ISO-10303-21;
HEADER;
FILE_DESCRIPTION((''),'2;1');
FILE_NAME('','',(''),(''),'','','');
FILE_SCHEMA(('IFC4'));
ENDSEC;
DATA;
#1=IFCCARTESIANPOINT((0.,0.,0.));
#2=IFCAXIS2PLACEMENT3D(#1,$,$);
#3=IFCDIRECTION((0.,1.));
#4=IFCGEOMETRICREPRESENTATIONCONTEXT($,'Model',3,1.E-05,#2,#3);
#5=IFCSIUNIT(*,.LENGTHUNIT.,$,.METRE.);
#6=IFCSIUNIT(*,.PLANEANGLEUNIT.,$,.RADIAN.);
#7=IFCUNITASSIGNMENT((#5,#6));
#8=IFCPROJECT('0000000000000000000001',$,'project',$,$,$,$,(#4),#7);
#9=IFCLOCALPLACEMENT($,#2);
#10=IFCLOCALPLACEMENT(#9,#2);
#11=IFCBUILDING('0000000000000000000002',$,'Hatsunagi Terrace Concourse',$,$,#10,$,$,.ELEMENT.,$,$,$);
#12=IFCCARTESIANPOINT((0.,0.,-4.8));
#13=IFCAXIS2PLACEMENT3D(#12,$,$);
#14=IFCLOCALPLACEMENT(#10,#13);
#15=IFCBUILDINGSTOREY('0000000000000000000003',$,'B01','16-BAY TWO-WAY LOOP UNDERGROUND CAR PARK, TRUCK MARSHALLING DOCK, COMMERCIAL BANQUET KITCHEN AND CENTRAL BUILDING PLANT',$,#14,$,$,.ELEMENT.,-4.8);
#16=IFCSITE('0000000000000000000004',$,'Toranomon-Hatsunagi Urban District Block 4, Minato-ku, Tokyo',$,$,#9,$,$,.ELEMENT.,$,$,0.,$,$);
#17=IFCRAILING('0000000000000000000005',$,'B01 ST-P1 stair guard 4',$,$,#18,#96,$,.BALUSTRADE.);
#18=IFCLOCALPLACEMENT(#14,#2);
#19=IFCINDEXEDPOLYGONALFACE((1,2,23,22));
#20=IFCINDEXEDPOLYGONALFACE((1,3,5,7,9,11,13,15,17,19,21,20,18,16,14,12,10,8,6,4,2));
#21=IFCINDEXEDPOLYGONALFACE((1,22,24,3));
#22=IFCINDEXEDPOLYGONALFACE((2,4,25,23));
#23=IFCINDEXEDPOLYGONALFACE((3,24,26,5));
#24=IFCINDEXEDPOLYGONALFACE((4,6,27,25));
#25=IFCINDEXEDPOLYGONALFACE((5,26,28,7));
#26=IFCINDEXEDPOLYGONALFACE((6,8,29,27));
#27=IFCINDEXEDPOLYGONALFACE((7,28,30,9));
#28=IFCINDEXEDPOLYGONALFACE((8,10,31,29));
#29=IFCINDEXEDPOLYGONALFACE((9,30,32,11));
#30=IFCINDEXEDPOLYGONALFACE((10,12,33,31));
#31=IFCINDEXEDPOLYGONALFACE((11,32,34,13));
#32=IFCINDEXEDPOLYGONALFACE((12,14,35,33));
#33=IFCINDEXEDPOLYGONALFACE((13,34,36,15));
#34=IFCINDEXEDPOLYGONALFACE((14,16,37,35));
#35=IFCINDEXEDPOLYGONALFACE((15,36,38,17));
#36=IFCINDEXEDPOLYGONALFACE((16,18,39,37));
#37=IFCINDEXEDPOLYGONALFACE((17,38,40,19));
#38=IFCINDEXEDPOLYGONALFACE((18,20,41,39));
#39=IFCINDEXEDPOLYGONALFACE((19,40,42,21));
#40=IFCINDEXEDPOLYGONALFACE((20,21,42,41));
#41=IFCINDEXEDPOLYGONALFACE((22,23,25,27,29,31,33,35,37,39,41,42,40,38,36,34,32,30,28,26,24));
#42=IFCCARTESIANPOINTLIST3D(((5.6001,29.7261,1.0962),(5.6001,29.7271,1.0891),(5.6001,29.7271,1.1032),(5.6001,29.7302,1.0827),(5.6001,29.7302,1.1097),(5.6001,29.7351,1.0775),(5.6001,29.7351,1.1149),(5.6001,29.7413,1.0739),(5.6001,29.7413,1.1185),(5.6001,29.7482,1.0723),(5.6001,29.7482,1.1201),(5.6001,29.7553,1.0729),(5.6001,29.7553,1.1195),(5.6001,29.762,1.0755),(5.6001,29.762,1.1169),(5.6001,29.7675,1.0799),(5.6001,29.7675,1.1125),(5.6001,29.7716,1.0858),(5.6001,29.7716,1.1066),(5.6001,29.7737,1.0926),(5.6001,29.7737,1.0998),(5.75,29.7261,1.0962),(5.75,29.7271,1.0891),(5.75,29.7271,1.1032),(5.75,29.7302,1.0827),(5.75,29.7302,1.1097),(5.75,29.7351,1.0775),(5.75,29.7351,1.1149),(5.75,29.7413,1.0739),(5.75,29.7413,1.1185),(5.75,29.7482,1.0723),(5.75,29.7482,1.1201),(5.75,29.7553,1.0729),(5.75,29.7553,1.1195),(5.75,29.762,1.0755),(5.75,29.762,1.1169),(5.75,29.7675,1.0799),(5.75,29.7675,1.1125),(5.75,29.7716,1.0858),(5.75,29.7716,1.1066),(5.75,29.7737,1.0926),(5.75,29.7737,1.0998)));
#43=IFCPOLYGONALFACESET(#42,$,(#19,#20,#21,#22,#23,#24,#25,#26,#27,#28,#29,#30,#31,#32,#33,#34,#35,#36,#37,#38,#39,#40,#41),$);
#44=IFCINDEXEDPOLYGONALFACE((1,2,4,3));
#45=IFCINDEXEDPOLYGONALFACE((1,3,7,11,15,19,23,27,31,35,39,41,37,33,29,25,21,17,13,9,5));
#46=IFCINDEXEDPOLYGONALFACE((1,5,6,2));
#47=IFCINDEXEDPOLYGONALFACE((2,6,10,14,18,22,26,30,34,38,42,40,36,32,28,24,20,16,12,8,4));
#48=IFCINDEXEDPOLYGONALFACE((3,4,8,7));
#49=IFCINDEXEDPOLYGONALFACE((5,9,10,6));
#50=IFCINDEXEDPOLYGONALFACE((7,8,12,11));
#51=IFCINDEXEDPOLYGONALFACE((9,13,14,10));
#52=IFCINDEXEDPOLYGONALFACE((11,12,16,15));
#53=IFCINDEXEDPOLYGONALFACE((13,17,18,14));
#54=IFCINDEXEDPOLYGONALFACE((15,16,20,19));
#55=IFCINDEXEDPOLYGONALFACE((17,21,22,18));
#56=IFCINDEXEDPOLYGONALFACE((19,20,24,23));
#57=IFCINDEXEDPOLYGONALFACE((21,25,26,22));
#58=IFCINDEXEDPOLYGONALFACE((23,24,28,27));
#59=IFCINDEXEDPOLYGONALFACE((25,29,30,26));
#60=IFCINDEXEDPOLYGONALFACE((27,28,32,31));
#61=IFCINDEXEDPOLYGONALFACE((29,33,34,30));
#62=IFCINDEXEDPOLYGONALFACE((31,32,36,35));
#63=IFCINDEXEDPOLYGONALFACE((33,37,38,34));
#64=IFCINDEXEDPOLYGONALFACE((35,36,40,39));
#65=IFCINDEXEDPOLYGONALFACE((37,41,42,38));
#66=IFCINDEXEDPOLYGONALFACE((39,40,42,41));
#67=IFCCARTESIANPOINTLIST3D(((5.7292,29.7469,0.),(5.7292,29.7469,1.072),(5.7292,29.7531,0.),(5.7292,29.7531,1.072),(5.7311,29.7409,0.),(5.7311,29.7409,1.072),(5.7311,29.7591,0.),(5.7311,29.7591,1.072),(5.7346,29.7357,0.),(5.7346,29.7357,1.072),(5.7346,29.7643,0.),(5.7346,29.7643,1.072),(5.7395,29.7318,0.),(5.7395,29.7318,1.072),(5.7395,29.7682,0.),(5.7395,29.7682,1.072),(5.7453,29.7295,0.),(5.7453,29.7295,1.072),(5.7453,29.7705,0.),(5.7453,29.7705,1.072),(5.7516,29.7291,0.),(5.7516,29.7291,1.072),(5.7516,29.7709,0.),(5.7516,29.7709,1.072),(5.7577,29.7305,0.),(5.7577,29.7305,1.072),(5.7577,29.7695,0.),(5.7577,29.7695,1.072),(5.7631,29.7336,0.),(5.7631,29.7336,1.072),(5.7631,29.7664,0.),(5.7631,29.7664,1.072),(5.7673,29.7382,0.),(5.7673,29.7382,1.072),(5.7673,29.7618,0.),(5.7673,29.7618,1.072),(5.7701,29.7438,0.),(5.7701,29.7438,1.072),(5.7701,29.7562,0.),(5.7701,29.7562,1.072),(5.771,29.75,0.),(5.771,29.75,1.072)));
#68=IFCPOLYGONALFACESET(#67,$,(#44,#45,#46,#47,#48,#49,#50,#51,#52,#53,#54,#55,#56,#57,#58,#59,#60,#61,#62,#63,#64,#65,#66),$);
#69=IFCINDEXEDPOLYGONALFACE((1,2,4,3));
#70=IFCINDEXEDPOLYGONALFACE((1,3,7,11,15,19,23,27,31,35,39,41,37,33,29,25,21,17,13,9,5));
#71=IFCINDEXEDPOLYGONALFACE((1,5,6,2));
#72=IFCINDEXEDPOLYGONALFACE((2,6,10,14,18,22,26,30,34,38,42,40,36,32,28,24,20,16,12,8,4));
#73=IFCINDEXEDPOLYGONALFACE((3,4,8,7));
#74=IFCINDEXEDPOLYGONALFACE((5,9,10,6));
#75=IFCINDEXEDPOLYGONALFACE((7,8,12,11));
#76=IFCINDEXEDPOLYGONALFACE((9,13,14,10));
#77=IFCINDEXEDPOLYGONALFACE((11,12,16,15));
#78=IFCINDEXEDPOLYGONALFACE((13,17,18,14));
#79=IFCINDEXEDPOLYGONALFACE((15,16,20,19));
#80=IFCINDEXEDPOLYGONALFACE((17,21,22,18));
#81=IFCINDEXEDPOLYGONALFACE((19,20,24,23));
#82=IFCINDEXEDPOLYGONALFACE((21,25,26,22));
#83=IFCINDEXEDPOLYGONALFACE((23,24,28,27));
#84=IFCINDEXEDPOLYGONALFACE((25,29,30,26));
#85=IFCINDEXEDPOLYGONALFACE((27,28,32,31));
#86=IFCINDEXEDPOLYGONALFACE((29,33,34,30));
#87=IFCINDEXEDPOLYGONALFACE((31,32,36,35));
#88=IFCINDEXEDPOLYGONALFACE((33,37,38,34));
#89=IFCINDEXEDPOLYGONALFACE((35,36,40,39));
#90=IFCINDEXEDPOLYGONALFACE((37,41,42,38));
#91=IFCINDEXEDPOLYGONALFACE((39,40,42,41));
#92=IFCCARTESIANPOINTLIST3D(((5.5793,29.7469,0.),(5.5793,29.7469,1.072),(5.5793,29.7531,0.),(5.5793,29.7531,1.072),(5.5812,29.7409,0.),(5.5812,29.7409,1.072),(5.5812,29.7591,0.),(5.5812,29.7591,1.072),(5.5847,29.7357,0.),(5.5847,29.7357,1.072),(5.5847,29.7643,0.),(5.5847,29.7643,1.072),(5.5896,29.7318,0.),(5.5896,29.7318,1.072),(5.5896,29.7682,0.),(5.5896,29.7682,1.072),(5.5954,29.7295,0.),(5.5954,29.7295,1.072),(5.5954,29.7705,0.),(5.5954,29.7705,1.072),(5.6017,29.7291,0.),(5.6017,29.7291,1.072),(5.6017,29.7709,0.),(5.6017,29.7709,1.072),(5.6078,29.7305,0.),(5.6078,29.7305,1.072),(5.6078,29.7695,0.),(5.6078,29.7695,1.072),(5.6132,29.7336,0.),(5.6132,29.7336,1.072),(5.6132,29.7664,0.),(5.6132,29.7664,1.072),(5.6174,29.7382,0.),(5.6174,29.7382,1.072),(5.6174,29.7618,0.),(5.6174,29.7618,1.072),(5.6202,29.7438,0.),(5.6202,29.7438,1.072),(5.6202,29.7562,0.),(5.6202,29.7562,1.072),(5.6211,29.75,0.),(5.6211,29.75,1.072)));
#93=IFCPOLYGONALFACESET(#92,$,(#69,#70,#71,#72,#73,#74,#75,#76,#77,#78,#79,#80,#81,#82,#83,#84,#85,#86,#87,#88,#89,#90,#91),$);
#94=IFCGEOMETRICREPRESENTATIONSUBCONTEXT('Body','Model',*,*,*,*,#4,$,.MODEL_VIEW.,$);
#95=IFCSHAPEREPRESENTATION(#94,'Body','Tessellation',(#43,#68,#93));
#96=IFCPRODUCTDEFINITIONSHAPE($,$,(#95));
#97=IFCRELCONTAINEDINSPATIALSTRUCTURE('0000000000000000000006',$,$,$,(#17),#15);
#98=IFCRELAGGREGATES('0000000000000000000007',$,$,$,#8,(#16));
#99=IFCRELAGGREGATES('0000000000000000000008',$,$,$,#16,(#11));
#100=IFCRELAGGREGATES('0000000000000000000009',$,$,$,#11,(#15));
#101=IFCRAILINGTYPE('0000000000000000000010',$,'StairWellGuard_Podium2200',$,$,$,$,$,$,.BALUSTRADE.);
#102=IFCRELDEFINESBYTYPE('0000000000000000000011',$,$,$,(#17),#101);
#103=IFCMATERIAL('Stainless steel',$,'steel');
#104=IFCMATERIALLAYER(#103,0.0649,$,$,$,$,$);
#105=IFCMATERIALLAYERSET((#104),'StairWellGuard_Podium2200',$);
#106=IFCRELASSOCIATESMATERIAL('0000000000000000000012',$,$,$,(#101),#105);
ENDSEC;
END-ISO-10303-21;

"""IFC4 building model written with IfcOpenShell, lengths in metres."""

from ifc_helpers import new_model, si_unit, direction, frame, origin, origin_2d, place, context, subcontext, project, spatial, circle, extrude, material, layer, layer_set, type_object, element, save


model = new_model("IFC4")

# Units and contexts
model_context = context("Model", 3, precision=1e-05, world=origin(), true_north=direction((0.0, 1.0)))
body_context = subcontext(model_context, "Body", "Model", "MODEL_VIEW")
ifc_project = project(units=[si_unit("LENGTHUNIT", "METRE"), si_unit("PLANEANGLEUNIT", "RADIAN")], contexts=[model_context])

# Site, building, storey
site_placement = place(None, origin())
site = spatial("IfcSite", under=ifc_project, at=site_placement, Name="Toranomon-Hatsunagi Urban District Block 4, Minato-ku, Tokyo", CompositionType="ELEMENT", RefElevation=0.0)
building_placement = place(site_placement, origin())
building = spatial("IfcBuilding", under=site, at=building_placement, Name="Hatsunagi Terrace Concourse", CompositionType="ELEMENT")
storey_placement = place(building_placement, frame((0.0, 0.0, -4.8)))
storey = spatial("IfcBuildingStorey", under=building, at=storey_placement, Name="B01", Description="16-BAY TWO-WAY LOOP UNDERGROUND CAR PARK, TRUCK MARSHALLING DOCK, COMMERCIAL BANQUET KITCHEN AND CENTRAL BUILDING PLANT", CompositionType="ELEMENT", Elevation=-4.8)

# Railing
ifc_material_1 = material(Name="Stainless steel", Category="steel")
ifc_layer_1 = layer(ifc_material_1, 0.0649)
ifc_layer_set_1 = layer_set([ifc_layer_1], Name="StairWellGuard_Podium2200")
railing_type = type_object("IfcRailingType", Name="StairWellGuard_Podium2200", PredefinedType="BALUSTRADE", material=ifc_layer_set_1)
railing_1_placement = place(storey_placement, frame((5.75, 29.75, 0.0)))
element("IfcRailing", 1, at=railing_1_placement, inside=storey, type_object=railing_type, Name="B01 ST-P1 stair guard 4", PredefinedType="BALUSTRADE", context=body_context, shape_type="SweptSolid", body=[
    extrude(circle(Radius=0.0239, at=origin_2d()), frame((0.0, 0.0, 1.0962), z_axis=(-1.0, 0.0, 0.0), x_axis=(0.0, -1.0, 0.0)), (0.0, 0.0, 1.0), 0.1499),
    extrude(circle(Radius=0.021, at=origin_2d()), origin(), (0.0, 0.0, 1.0), 1.072),
    extrude(circle(Radius=0.021, at=origin_2d()), frame((-0.1499, 0.0, 0.0)), (0.0, 0.0, 1.0), 1.072),
])

save(model, "model.ifc")
